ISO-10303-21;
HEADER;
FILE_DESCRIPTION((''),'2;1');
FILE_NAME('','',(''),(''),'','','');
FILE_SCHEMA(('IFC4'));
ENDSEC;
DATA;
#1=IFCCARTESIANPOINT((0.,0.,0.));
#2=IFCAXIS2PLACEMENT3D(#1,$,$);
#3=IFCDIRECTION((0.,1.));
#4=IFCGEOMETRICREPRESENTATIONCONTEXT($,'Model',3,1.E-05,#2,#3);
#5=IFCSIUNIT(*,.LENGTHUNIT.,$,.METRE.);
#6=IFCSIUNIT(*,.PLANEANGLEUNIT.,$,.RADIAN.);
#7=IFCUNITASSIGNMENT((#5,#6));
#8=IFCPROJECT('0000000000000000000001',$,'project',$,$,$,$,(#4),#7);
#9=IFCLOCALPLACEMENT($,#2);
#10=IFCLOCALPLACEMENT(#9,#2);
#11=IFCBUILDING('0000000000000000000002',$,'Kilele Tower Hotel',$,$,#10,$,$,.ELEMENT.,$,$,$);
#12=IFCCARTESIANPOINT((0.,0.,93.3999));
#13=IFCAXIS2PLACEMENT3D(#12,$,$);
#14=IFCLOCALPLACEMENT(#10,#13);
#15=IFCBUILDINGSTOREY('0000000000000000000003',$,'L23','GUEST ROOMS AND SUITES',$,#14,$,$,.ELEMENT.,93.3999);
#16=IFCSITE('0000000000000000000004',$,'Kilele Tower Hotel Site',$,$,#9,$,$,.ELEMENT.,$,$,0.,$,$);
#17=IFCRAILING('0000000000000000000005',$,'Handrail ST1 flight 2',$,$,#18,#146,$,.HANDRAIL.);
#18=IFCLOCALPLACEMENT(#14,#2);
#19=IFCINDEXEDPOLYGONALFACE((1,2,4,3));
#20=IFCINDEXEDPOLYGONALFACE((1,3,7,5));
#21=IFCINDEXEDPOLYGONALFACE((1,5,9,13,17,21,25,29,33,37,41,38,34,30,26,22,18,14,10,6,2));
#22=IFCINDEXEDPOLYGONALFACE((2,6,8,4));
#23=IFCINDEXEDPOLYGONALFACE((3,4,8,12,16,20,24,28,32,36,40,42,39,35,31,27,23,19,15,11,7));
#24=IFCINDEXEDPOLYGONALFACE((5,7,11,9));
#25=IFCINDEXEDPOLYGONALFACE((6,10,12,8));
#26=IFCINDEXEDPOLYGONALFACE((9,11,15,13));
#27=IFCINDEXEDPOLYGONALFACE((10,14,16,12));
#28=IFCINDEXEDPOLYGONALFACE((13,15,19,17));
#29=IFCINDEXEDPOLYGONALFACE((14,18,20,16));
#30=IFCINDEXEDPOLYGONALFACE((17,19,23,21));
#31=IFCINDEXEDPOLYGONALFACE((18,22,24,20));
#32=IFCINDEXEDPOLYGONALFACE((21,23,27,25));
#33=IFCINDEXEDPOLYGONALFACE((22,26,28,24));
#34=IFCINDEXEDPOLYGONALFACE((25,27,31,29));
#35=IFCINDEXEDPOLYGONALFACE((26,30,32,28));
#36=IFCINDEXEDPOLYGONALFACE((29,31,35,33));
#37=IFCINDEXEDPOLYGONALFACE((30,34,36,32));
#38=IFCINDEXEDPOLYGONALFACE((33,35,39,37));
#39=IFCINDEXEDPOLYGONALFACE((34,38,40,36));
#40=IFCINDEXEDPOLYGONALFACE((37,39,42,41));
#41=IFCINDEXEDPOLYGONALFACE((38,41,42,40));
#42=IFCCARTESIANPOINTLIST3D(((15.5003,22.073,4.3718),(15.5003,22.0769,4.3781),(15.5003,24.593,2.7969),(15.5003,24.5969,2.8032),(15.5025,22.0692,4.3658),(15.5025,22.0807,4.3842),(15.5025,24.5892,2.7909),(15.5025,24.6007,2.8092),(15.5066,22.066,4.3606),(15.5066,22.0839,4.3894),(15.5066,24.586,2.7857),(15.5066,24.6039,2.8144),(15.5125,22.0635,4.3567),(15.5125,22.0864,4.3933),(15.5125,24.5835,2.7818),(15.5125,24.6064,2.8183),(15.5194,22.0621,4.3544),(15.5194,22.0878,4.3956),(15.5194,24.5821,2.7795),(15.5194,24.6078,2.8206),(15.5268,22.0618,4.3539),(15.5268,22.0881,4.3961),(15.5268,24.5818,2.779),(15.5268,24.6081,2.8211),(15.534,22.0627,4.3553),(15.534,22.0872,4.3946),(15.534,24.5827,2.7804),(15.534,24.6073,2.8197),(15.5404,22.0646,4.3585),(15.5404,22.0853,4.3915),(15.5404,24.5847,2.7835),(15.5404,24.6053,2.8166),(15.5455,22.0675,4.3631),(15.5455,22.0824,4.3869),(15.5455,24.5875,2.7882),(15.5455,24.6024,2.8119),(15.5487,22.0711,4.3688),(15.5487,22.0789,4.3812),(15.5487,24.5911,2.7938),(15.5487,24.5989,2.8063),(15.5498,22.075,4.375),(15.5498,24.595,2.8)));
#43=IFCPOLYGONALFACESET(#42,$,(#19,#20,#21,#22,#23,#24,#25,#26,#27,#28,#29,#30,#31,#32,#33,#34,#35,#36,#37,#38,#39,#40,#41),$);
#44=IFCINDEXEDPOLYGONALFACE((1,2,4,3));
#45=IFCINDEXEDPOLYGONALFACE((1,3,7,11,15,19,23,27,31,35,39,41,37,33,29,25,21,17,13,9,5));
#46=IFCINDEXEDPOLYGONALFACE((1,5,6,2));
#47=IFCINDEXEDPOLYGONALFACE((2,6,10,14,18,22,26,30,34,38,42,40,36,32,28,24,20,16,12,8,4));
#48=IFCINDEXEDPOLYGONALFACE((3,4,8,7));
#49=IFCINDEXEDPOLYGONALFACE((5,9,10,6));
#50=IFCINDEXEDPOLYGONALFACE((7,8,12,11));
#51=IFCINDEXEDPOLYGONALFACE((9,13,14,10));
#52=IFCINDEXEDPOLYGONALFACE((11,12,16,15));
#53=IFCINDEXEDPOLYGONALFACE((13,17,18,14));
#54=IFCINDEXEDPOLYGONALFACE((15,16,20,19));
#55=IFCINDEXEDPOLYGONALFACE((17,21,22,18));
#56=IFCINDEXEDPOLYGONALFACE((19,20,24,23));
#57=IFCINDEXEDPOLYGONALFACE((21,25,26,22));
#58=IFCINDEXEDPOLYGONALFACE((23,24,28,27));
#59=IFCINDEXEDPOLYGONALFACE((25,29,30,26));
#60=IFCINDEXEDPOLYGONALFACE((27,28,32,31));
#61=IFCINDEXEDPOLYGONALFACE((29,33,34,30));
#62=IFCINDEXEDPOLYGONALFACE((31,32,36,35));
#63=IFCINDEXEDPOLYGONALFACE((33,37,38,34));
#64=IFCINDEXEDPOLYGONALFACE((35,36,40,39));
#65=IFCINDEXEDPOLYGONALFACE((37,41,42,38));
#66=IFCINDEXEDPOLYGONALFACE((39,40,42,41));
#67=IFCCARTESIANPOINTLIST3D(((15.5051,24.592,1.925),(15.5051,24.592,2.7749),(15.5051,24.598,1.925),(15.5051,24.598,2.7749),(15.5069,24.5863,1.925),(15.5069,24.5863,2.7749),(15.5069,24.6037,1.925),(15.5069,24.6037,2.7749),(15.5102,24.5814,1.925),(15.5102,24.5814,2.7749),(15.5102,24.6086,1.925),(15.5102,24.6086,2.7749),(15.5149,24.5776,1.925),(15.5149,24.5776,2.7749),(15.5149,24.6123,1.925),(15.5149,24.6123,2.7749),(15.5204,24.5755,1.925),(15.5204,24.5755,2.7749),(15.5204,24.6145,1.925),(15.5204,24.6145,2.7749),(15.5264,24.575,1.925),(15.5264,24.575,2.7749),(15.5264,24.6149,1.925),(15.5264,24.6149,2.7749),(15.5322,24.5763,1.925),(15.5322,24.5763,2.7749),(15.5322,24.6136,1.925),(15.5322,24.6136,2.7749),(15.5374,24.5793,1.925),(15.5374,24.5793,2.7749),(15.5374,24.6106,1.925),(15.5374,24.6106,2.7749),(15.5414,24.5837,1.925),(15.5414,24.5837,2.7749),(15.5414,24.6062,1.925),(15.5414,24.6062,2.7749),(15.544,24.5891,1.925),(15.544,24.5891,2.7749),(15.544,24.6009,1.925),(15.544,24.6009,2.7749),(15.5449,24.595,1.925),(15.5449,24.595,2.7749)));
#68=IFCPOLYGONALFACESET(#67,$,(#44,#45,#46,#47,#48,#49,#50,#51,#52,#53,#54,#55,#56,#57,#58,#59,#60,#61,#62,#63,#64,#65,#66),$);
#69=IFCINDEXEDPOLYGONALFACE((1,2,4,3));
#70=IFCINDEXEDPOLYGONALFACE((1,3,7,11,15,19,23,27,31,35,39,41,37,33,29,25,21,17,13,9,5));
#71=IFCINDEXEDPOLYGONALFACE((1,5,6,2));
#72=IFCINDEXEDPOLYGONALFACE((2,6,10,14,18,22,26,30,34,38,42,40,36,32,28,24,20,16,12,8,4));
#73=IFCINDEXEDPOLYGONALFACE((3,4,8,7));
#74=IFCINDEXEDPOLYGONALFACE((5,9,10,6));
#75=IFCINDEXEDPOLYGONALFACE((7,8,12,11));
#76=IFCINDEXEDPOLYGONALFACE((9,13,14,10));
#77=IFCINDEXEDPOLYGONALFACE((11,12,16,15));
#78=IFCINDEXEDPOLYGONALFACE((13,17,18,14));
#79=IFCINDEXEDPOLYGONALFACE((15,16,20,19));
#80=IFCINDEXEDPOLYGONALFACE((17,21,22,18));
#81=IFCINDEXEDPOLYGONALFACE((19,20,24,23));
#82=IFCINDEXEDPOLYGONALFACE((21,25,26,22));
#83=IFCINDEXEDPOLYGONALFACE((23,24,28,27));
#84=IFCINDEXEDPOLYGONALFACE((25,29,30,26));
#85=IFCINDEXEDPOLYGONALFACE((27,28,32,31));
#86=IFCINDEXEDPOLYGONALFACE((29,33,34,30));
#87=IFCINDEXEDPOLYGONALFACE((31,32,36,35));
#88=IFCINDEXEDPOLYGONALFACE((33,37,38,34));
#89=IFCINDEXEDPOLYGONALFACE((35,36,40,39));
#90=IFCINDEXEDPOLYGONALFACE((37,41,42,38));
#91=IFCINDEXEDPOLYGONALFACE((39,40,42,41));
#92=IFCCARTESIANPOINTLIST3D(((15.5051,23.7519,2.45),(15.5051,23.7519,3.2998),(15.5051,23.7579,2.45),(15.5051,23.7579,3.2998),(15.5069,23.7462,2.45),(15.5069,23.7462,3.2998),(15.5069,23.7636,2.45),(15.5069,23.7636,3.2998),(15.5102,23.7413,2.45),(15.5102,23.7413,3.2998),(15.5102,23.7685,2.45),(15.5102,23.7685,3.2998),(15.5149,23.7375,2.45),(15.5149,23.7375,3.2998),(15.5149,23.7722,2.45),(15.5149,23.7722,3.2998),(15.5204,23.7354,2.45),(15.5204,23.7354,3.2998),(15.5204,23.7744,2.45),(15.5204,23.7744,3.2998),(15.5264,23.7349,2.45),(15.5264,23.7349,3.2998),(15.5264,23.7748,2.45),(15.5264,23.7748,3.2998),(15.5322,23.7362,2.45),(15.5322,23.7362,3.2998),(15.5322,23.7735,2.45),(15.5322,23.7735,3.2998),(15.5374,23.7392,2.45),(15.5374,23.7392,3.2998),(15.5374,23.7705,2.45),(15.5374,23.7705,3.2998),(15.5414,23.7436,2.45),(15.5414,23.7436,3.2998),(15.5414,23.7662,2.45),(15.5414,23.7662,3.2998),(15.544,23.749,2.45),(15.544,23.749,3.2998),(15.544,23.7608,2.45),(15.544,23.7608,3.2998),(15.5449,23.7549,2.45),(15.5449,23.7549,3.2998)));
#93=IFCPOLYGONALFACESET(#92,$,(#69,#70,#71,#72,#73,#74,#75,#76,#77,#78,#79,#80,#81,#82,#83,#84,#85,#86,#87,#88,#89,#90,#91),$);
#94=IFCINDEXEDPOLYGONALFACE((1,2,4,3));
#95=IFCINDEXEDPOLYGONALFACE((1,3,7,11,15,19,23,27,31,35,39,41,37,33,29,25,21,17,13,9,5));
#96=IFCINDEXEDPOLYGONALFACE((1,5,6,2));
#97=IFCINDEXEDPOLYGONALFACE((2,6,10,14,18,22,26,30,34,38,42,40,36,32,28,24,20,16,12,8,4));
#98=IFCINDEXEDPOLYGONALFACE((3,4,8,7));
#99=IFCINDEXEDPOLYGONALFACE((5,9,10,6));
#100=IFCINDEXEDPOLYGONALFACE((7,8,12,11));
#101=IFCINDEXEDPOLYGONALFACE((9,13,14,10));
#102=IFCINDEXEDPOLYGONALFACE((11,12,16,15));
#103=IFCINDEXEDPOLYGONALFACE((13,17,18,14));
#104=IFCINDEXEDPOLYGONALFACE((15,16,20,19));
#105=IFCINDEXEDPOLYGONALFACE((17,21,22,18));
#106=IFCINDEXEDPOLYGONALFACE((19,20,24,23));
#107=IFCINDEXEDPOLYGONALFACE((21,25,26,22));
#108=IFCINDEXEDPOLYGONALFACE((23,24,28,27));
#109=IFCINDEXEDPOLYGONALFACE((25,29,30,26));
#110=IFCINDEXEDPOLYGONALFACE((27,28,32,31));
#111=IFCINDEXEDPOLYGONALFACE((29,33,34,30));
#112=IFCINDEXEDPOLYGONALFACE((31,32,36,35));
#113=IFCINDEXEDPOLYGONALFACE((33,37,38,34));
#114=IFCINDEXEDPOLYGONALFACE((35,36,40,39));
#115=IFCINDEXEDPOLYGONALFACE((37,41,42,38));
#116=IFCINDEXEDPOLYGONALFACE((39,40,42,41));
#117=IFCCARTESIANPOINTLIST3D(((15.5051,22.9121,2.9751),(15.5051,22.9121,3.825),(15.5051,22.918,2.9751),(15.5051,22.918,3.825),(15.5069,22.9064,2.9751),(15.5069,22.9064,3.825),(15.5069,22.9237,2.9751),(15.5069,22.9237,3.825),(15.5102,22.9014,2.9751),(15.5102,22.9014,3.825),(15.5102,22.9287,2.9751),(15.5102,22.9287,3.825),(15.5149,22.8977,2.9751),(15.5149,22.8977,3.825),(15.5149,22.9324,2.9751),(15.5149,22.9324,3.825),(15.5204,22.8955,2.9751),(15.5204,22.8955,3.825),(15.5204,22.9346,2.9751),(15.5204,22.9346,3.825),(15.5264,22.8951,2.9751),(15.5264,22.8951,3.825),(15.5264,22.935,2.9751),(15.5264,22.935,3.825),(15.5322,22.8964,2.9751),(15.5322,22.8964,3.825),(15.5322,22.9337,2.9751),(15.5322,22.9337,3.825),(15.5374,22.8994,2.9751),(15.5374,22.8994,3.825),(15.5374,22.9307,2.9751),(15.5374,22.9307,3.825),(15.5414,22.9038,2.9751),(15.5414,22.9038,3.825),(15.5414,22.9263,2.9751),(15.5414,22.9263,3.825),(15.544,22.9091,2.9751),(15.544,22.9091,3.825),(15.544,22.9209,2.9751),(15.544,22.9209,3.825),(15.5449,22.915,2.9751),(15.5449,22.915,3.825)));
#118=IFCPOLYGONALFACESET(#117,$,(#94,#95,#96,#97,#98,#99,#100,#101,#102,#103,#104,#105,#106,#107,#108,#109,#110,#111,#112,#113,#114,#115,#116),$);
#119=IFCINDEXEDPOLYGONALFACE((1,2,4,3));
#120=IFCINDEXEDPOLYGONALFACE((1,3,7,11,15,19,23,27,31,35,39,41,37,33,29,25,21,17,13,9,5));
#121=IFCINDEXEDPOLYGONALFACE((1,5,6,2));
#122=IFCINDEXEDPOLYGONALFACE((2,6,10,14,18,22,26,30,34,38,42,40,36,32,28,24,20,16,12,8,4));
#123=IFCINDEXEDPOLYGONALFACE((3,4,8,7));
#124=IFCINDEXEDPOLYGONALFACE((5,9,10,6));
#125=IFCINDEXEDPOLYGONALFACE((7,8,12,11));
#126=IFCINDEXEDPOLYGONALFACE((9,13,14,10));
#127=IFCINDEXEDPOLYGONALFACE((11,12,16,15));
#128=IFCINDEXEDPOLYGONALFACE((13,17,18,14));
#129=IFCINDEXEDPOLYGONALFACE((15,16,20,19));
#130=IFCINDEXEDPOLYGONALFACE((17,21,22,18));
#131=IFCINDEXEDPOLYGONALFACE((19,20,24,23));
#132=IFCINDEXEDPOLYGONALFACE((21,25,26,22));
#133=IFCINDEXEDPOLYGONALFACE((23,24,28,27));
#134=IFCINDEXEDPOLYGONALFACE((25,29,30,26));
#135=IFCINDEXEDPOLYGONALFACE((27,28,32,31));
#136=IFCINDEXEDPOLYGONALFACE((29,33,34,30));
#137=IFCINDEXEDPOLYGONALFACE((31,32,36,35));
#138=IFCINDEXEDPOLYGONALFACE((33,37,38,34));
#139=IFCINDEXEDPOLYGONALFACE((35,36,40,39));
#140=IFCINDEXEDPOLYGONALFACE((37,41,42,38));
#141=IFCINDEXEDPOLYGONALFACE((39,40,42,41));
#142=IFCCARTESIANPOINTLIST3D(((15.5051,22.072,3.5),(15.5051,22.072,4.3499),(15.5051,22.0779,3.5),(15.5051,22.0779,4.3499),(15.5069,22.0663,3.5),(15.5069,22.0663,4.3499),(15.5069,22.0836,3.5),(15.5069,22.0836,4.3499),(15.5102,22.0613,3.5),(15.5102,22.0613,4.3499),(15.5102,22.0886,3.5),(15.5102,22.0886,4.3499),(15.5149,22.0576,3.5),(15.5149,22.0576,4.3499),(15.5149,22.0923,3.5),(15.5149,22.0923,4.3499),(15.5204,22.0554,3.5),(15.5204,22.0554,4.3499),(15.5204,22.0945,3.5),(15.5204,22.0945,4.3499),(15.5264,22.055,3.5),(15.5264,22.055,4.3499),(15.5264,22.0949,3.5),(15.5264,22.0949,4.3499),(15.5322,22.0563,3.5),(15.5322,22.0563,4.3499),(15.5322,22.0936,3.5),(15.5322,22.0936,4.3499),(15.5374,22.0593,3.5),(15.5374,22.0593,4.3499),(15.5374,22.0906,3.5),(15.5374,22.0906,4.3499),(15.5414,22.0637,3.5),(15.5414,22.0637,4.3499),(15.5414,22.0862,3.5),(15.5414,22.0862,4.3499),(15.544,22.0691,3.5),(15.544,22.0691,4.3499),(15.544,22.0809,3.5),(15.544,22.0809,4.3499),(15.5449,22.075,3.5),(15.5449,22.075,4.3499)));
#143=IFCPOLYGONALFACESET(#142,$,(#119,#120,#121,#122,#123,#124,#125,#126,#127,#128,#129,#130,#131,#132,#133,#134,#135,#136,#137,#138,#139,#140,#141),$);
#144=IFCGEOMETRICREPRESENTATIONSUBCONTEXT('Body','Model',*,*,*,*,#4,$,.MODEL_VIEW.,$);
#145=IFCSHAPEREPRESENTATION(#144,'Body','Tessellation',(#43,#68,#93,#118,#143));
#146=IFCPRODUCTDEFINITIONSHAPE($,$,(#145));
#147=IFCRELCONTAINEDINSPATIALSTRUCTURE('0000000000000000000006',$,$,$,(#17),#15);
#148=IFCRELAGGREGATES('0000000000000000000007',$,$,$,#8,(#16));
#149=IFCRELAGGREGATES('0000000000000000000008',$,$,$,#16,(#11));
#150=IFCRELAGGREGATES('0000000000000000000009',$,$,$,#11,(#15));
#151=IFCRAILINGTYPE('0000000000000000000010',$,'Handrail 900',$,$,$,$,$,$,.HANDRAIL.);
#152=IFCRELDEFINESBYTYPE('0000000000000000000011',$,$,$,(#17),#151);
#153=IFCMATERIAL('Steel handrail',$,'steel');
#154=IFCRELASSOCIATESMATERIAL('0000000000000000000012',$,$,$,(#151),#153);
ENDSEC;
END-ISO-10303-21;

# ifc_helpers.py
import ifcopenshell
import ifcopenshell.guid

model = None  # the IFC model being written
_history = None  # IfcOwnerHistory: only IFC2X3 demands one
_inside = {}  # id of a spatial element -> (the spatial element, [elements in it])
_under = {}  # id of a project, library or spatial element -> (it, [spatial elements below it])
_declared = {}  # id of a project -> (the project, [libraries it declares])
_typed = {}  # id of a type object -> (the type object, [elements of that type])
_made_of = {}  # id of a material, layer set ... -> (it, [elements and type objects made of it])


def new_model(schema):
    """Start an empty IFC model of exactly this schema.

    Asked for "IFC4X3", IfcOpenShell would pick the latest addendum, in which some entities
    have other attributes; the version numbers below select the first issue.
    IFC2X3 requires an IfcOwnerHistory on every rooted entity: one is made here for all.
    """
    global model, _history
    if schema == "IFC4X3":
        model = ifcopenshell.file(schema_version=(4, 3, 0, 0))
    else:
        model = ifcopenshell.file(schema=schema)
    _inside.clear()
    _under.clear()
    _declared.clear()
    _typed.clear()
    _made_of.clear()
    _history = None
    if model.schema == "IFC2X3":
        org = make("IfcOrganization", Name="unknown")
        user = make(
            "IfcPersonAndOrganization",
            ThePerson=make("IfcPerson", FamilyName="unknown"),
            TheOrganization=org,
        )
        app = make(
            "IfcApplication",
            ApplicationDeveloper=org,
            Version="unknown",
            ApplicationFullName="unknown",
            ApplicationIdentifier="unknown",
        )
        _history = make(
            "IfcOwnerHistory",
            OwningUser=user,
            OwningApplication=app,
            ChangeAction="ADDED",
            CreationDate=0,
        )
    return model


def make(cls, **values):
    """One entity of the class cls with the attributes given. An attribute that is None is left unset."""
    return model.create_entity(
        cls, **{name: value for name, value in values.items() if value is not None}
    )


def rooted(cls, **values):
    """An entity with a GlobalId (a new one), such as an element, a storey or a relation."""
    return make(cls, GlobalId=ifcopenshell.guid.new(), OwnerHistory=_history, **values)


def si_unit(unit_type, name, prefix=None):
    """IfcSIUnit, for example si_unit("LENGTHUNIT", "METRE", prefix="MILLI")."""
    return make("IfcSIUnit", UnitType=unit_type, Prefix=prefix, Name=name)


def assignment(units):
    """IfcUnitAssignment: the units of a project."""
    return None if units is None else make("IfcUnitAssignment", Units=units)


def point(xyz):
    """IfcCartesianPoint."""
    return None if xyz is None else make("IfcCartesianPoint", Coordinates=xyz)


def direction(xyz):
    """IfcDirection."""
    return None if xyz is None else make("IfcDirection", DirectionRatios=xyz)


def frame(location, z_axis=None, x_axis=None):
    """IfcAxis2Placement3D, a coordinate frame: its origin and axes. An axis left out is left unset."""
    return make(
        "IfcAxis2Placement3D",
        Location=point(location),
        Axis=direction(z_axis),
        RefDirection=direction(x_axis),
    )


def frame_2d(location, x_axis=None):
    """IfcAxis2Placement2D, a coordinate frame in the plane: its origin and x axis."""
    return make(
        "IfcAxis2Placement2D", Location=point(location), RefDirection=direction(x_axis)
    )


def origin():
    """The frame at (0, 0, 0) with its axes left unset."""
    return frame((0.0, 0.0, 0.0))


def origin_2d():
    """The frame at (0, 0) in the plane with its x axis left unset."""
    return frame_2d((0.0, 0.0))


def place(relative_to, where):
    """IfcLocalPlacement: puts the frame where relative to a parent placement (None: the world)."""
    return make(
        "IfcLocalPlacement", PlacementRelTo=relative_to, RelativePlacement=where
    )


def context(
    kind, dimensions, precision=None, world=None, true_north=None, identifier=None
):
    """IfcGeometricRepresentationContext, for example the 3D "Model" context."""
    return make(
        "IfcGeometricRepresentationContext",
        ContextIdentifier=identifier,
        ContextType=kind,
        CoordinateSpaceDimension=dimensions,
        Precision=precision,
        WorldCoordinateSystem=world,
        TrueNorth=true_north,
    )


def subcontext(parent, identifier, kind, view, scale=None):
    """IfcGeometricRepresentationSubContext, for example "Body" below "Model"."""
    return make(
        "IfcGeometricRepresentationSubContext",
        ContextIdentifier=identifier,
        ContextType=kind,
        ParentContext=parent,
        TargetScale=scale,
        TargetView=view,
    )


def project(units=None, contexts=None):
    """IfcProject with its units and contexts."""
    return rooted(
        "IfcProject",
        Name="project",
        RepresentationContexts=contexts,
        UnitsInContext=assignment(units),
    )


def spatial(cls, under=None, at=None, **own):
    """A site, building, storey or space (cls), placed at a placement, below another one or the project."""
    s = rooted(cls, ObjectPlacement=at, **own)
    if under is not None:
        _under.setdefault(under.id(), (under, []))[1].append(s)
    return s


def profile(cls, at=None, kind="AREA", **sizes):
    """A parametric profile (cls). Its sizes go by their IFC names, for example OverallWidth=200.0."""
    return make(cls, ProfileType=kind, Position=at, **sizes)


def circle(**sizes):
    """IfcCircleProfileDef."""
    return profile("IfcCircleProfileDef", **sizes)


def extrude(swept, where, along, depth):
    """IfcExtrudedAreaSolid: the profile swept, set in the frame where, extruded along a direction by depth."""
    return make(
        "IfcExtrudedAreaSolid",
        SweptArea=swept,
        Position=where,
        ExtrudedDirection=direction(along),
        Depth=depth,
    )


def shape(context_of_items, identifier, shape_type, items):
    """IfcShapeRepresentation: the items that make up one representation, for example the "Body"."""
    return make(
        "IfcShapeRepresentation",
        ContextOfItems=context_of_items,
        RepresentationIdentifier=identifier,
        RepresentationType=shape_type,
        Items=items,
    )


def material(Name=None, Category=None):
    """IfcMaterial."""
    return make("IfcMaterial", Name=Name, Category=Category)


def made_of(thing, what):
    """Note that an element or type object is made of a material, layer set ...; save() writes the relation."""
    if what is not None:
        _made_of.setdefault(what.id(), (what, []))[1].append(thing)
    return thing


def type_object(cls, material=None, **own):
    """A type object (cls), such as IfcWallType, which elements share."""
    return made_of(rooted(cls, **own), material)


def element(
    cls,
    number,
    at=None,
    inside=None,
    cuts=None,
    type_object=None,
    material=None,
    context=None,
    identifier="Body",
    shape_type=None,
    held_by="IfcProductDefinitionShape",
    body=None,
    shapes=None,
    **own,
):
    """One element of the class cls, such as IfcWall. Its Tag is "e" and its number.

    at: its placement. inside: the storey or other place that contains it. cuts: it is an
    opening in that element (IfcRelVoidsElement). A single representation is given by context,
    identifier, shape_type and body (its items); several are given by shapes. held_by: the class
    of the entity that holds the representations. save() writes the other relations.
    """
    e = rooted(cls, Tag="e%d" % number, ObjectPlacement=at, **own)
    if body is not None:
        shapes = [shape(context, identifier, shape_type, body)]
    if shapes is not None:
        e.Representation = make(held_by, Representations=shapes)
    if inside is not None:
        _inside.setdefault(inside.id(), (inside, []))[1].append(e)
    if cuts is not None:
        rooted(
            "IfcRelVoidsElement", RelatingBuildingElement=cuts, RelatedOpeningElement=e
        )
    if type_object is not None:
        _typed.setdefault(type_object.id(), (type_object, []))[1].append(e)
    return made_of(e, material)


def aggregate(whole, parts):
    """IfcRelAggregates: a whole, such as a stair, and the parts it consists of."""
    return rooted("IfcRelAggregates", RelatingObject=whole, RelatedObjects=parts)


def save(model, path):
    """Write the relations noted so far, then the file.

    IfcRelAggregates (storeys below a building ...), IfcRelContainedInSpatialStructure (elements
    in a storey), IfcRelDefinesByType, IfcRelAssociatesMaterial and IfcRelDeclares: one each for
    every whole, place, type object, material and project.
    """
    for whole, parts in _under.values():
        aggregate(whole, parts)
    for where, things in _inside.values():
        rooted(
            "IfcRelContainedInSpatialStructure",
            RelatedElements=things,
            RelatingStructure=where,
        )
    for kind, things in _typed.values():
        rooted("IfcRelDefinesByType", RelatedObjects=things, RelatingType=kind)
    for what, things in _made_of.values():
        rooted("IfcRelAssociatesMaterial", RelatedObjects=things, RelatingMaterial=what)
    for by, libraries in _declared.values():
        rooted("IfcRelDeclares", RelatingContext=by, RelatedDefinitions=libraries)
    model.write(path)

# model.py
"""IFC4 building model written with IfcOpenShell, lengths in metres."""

from ifc_helpers import new_model, si_unit, direction, frame, origin, origin_2d, place, context, subcontext, project, spatial, circle, extrude, material, type_object, element, save


model = new_model("IFC4")

# Units and contexts
model_context = context("Model", 3, precision=1e-05, world=origin(), true_north=direction((0.0, 1.0)))
body_context = subcontext(model_context, "Body", "Model", "MODEL_VIEW")
ifc_project = project(units=[si_unit("LENGTHUNIT", "METRE"), si_unit("PLANEANGLEUNIT", "RADIAN")], contexts=[model_context])

# Site, building, storey
site_placement = place(None, origin())
site = spatial("IfcSite", under=ifc_project, at=site_placement, Name="Kilele Tower Hotel Site", CompositionType="ELEMENT", RefElevation=0.0)
building_placement = place(site_placement, origin())
building = spatial("IfcBuilding", under=site, at=building_placement, Name="Kilele Tower Hotel", CompositionType="ELEMENT")
storey_placement = place(building_placement, frame((0.0, 0.0, 93.3999)))
storey = spatial("IfcBuildingStorey", under=building, at=storey_placement, Name="L23", Description="GUEST ROOMS AND SUITES", CompositionType="ELEMENT", Elevation=93.3999)

# Railing
ifc_material_1 = material(Name="Steel handrail", Category="steel")
railing_type_1 = type_object("IfcRailingType", Name="Handrail 900", PredefinedType="HANDRAIL", material=ifc_material_1)
for number, where, name in (
    (1, (15.5249, 24.595, 1.925), "Handrail ST1 flight 2"),
):
    element("IfcRailing", number, at=place(storey_placement, frame(where)), inside=storey, type_object=railing_type_1, Name=name, PredefinedType="HANDRAIL", context=body_context, shape_type="SweptSolid", body=[
        extrude(circle(Radius=0.0249, at=origin_2d()), frame((0.0, 0.0, 0.875), z_axis=(0.0, -0.848008, 0.529984), x_axis=(1.0, 0.0, 0.0)), (0.0, 0.0, 1.0), 2.9717),
        extrude(circle(Radius=0.02, at=origin_2d()), origin(), (0.0, 0.0, 1.0), 0.8499),
        extrude(circle(Radius=0.02, at=origin_2d()), frame((0.0, -0.8401, 0.5249)), (0.0, 0.0, 1.0), 0.8499),
        extrude(circle(Radius=0.02, at=origin_2d()), frame((0.0, -1.6799, 1.05)), (0.0, 0.0, 1.0), 0.8499),
        extrude(circle(Radius=0.02, at=origin_2d()), frame((0.0, -2.52, 1.575)), (0.0, 0.0, 1.0), 0.8499),
    ])

save(model, "model.ifc")
